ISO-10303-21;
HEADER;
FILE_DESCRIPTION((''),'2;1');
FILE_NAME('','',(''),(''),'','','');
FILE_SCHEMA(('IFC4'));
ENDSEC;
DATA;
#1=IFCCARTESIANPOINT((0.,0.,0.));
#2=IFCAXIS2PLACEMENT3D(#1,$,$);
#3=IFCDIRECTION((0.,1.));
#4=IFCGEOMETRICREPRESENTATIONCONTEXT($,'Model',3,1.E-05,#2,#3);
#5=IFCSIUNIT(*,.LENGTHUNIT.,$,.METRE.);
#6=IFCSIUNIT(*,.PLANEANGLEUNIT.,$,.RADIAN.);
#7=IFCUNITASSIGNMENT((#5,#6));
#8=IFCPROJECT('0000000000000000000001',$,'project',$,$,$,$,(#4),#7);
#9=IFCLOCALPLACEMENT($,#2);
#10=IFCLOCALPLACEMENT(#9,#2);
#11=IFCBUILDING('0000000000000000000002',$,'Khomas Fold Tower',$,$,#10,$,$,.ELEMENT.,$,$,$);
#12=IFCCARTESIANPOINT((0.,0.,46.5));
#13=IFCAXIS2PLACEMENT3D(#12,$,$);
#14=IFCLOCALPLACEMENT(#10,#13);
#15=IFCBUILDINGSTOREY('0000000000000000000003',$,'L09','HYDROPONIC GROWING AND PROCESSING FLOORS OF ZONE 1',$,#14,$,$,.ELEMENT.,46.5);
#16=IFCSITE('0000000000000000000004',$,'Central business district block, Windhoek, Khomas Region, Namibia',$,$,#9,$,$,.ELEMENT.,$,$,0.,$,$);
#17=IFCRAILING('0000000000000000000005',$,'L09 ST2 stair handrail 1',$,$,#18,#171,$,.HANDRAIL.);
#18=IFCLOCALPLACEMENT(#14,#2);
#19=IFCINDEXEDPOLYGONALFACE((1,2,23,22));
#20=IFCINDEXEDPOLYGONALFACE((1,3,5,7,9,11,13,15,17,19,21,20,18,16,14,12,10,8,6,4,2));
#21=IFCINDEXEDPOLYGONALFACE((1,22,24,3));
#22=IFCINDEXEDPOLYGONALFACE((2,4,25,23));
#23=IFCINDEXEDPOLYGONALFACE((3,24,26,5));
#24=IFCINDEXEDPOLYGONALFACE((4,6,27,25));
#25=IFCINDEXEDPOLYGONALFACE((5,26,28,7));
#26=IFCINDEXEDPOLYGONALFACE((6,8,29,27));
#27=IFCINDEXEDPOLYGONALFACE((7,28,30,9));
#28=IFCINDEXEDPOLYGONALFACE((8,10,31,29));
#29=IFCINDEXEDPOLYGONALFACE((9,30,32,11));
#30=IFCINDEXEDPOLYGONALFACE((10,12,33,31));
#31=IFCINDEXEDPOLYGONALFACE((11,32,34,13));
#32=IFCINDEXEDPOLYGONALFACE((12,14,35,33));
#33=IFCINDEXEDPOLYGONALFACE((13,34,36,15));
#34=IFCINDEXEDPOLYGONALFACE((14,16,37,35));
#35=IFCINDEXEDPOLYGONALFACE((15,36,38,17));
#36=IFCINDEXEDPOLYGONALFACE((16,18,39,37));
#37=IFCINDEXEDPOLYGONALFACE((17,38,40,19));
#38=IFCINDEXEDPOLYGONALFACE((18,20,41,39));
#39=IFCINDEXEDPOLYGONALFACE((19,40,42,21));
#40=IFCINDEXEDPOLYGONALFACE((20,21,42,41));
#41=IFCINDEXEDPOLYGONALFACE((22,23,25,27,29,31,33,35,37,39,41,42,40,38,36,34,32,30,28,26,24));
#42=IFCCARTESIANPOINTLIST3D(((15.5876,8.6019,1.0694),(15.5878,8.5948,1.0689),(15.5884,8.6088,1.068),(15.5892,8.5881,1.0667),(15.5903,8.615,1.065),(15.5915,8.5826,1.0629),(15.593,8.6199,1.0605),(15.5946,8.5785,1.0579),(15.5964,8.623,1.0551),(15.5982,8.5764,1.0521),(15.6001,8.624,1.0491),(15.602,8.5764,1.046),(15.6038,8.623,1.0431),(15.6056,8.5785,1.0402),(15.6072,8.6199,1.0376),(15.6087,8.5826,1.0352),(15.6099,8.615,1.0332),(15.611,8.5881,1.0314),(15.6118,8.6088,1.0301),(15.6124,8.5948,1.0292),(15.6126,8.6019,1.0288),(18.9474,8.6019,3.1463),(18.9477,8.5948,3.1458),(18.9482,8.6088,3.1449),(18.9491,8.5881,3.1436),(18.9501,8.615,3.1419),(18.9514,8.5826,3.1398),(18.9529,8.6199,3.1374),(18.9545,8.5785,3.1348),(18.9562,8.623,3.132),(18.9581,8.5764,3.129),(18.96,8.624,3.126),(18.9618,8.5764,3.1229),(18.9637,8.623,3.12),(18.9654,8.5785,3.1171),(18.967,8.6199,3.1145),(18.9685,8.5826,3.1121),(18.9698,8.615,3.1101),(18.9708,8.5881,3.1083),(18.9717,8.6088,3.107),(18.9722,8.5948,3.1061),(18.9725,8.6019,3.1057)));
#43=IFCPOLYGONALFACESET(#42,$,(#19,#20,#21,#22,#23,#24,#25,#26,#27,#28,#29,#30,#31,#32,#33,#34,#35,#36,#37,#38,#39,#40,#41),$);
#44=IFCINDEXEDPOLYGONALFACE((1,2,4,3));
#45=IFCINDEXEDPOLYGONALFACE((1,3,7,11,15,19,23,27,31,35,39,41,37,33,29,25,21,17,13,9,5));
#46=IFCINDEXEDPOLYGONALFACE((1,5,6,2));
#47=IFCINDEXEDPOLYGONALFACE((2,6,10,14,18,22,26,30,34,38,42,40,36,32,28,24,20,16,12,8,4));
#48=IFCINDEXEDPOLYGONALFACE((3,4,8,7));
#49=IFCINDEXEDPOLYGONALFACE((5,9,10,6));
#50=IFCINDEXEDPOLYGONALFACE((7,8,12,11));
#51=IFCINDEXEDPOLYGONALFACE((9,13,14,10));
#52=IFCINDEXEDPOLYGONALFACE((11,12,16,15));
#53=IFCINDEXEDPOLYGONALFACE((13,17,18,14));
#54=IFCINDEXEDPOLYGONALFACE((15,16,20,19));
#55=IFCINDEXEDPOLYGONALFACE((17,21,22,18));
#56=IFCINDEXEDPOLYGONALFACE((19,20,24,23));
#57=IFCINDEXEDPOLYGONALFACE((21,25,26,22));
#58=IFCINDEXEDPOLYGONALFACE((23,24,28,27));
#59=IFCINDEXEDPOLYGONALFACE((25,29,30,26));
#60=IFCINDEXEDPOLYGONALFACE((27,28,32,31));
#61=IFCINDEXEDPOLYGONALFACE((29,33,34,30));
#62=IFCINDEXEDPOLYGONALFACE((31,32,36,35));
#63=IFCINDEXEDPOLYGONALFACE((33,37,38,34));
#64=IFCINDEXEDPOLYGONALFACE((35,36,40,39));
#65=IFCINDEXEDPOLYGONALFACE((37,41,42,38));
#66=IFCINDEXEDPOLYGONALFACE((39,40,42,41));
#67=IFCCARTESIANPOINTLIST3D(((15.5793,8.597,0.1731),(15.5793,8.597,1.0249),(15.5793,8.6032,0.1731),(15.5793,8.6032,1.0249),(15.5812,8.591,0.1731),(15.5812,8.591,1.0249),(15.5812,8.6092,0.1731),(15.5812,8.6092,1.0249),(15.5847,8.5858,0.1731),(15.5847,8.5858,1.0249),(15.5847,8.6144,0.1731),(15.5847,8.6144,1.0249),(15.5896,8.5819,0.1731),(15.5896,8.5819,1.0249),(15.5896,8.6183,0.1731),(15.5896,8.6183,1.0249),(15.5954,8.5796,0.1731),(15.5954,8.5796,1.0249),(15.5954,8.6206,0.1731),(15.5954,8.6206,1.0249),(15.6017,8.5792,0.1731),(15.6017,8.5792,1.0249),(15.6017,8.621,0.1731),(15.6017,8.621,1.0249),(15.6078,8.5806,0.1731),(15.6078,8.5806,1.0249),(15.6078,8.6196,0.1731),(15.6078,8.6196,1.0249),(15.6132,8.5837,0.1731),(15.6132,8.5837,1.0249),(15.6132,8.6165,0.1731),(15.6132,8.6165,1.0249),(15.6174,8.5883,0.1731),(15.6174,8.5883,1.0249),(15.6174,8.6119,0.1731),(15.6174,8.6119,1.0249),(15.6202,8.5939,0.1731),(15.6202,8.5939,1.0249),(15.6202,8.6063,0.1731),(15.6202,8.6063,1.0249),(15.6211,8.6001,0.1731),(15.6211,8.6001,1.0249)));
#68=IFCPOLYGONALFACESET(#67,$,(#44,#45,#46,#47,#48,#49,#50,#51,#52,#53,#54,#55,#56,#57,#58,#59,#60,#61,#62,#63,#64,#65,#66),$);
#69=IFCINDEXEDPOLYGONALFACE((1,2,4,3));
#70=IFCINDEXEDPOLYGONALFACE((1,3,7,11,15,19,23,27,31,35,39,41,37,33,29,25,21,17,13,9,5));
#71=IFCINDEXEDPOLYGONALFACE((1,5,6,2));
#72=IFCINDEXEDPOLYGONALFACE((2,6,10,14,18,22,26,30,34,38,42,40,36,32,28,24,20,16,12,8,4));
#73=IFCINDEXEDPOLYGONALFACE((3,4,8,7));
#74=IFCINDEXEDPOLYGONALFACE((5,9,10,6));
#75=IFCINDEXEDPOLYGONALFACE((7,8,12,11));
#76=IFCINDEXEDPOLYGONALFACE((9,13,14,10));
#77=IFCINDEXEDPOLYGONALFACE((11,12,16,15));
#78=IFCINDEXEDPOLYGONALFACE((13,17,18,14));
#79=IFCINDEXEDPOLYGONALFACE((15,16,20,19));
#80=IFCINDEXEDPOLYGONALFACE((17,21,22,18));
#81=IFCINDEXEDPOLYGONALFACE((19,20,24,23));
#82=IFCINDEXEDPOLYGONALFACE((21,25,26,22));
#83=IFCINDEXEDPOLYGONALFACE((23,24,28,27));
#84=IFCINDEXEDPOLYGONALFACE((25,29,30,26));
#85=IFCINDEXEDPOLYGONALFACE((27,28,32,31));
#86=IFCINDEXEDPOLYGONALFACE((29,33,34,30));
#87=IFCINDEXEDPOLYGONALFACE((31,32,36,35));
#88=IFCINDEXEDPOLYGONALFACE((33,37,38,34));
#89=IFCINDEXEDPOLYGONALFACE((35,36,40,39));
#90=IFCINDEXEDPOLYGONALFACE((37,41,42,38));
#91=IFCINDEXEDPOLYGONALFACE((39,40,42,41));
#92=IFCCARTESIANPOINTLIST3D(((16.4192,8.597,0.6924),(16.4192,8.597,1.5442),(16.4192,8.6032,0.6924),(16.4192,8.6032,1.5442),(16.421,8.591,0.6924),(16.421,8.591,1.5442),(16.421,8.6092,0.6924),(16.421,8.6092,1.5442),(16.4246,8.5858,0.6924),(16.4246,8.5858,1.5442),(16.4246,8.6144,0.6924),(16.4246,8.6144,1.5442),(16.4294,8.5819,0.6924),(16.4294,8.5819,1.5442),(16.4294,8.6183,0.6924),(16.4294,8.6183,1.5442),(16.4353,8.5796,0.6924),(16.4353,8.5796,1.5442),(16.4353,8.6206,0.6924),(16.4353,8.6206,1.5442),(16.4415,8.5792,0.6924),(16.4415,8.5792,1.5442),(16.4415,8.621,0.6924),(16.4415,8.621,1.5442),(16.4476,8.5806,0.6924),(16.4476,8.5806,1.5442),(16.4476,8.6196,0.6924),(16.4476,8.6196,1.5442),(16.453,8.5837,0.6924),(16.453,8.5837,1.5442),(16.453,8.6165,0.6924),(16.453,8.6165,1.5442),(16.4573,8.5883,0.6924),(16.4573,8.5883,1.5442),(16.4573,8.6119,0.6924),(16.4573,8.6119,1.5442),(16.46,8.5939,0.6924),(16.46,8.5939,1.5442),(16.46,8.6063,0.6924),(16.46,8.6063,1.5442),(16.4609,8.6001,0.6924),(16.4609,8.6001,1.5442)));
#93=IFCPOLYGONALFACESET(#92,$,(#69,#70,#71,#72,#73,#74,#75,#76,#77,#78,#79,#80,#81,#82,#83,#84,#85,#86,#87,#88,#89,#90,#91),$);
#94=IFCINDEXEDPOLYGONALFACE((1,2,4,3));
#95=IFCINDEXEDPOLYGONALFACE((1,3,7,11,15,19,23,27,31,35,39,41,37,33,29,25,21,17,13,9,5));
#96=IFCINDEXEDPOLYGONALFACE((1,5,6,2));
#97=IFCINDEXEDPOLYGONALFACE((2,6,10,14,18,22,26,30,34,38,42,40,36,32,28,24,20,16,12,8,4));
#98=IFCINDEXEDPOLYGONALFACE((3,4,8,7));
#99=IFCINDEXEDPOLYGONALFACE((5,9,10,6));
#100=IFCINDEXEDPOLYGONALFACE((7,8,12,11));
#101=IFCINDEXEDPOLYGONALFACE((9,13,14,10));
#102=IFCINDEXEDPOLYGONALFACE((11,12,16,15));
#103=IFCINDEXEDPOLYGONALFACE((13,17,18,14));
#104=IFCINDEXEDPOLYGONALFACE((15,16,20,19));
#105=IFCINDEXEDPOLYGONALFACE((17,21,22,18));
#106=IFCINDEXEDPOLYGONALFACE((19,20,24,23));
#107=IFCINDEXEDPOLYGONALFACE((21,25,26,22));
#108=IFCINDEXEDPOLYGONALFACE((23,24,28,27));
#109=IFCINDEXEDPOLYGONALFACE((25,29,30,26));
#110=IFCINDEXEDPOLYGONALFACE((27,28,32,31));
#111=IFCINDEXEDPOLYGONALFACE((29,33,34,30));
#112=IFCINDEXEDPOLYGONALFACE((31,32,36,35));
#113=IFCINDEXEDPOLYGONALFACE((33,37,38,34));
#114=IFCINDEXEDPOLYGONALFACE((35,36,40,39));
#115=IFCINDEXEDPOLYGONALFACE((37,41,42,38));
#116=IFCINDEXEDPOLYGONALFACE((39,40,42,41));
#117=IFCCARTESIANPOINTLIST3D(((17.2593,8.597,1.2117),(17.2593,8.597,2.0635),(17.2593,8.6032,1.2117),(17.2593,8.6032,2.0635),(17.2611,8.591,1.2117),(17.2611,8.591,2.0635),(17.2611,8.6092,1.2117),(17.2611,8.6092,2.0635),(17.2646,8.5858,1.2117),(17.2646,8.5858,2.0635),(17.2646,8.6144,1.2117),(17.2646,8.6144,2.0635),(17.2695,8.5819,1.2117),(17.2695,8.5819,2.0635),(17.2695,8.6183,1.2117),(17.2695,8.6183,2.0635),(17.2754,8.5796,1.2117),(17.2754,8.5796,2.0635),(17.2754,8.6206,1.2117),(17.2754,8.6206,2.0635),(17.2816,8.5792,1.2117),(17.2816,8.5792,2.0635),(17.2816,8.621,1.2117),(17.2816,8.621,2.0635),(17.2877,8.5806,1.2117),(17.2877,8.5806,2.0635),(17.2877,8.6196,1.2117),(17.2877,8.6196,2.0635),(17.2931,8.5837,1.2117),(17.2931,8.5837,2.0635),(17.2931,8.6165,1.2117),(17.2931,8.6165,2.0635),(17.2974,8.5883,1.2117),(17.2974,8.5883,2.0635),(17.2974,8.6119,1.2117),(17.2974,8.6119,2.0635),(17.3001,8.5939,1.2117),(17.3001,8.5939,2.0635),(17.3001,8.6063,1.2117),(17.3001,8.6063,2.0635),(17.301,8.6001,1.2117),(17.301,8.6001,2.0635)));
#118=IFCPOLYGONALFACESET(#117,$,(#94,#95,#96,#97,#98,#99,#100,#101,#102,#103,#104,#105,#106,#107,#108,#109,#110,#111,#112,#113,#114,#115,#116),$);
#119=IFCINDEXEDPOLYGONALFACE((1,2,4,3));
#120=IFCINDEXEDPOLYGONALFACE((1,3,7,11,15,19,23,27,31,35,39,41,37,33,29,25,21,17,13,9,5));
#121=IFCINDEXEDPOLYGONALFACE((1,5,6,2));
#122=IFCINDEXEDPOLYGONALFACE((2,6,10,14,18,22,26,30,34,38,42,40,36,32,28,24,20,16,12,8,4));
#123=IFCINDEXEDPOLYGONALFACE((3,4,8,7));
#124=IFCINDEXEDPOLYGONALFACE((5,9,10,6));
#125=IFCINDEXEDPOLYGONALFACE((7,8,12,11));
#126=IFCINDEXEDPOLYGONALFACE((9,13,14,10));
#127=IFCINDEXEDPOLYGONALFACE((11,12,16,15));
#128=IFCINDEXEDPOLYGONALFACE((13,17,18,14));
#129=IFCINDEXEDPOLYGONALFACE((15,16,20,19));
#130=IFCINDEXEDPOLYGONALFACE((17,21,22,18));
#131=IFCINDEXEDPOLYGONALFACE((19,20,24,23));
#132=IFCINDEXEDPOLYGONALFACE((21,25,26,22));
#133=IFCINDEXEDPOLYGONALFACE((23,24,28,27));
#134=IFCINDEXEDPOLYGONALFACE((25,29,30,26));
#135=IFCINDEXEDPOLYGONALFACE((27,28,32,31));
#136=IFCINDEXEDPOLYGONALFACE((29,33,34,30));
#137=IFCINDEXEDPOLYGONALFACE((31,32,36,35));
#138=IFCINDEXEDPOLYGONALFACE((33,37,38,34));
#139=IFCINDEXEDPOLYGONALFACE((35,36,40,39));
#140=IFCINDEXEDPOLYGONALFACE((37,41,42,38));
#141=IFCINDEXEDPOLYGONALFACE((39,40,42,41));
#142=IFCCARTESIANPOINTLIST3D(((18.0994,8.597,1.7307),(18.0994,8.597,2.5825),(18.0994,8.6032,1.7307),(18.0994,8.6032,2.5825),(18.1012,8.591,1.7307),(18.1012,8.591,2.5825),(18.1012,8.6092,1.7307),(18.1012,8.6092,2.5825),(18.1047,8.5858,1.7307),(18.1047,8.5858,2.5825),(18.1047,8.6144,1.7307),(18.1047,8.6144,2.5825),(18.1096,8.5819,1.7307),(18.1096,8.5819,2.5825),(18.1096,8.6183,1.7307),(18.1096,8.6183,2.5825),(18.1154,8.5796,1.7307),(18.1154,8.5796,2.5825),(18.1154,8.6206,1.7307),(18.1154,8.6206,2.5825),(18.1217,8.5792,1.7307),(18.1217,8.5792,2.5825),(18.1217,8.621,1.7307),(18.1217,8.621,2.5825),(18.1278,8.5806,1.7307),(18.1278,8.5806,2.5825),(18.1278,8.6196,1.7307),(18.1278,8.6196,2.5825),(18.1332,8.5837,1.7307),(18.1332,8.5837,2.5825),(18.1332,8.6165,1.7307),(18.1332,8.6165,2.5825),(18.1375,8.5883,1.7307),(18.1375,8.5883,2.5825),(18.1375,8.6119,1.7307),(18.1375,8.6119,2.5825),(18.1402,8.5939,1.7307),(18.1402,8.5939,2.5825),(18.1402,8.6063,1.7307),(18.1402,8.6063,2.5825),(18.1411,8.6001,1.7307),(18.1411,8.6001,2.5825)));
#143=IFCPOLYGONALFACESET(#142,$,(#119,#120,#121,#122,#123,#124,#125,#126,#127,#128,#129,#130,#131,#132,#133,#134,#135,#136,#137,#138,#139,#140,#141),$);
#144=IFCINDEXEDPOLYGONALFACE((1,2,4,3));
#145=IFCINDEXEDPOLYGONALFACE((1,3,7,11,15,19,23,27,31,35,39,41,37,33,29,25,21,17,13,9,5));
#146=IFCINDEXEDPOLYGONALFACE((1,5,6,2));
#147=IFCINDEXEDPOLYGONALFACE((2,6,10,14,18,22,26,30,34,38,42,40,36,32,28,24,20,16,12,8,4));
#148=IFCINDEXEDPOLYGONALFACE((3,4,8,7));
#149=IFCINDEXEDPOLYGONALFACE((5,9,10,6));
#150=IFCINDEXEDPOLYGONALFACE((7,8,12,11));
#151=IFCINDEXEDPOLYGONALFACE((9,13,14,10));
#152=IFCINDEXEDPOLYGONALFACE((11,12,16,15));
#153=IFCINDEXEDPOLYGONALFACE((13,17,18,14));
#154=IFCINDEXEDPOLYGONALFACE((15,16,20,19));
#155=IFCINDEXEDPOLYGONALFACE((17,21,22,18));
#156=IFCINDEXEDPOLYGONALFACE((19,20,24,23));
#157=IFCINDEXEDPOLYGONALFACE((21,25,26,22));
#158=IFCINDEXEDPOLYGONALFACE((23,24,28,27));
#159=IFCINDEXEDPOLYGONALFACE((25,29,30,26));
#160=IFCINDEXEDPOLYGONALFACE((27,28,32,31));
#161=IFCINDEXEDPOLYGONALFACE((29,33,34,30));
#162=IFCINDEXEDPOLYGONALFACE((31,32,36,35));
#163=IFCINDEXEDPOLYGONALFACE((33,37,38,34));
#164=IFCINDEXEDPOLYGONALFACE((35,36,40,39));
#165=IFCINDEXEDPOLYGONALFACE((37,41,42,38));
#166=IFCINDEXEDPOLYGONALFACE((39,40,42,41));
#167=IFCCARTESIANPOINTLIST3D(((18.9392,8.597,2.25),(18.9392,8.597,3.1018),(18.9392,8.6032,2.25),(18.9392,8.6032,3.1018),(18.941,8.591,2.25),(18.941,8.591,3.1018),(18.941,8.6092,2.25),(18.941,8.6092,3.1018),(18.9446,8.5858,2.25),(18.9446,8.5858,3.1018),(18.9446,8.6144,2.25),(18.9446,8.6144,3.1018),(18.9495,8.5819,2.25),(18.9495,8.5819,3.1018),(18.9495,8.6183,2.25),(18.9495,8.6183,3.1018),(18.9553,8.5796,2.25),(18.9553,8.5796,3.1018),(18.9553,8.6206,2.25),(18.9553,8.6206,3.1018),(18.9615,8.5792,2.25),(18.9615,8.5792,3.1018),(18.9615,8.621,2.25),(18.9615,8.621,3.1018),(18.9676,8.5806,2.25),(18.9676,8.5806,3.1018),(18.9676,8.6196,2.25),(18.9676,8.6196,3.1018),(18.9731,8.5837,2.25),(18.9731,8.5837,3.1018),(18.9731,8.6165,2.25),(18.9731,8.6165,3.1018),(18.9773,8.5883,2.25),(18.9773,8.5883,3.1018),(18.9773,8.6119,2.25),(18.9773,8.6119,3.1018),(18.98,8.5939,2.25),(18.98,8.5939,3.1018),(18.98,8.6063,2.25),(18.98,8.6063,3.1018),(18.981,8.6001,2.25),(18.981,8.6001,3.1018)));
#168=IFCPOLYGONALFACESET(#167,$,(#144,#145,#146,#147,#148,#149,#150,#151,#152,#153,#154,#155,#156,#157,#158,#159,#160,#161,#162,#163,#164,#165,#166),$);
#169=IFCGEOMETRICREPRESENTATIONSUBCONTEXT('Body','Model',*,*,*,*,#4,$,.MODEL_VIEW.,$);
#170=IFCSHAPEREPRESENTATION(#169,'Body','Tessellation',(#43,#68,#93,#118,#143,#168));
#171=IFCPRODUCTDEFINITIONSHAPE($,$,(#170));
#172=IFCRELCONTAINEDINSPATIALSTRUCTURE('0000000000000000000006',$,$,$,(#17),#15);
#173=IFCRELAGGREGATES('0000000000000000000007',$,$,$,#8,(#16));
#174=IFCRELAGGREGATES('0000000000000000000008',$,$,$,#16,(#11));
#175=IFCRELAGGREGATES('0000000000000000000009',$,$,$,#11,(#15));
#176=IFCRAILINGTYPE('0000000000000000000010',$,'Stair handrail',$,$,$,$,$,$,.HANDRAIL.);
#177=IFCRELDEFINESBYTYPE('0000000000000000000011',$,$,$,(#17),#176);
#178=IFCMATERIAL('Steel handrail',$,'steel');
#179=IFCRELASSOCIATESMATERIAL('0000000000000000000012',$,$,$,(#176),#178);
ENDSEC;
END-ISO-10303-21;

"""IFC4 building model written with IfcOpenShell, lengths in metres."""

from ifc_helpers import new_model, si_unit, direction, frame, origin, origin_2d, place, context, subcontext, project, spatial, circle, extrude, source, transform, mapped, material, type_object, element, save


model = new_model("IFC4")

# Units and contexts
model_context = context("Model", 3, precision=1e-05, world=origin(), true_north=direction((0.0, 1.0)))
body_context = subcontext(model_context, "Body", "Model", "MODEL_VIEW")
ifc_project = project(units=[si_unit("LENGTHUNIT", "METRE"), si_unit("PLANEANGLEUNIT", "RADIAN")], contexts=[model_context])

# Site, building, storey
site_placement = place(None, origin())
site = spatial("IfcSite", under=ifc_project, at=site_placement, Name="Central business district block, Windhoek, Khomas Region, Namibia", CompositionType="ELEMENT", RefElevation=0.0)
building_placement = place(site_placement, origin())
building = spatial("IfcBuilding", under=site, at=building_placement, Name="Khomas Fold Tower", CompositionType="ELEMENT")
storey_placement = place(building_placement, frame((0.0, 0.0, 46.5)))
storey = spatial("IfcBuildingStorey", under=building, at=storey_placement, Name="L09", Description="HYDROPONIC GROWING AND PROCESSING FLOORS OF ZONE 1", CompositionType="ELEMENT", Elevation=46.5)

# Railing
ifc_material_1 = material(Name="Steel handrail", Category="steel")
railing_type_1 = type_object("IfcRailingType", Name="Stair handrail", PredefinedType="HANDRAIL", material=ifc_material_1)
shared_shape_1 = source(origin(), body_context, "Body", "SweptSolid", [
    extrude(circle(Radius=0.0239, at=origin_2d()), frame((0.0, 0.0, 0.876), z_axis=(0.850606, 0.0, 0.525803), x_axis=(0.0, 1.0, 0.0)), (0.0, 0.0, 1.0), 3.95),
    extrude(circle(Radius=0.021, at=origin_2d()), origin(), (0.0, 0.0, 1.0), 0.8518),
    extrude(circle(Radius=0.021, at=origin_2d()), frame((0.8398, 0.0, 0.5193)), (0.0, 0.0, 1.0), 0.8518),
    extrude(circle(Radius=0.021, at=origin_2d()), frame((1.6799, 0.0, 1.0386)), (0.0, 0.0, 1.0), 0.8518),
    extrude(circle(Radius=0.021, at=origin_2d()), frame((2.52, 0.0, 1.5576)), (0.0, 0.0, 1.0), 0.8518),
    extrude(circle(Radius=0.021, at=origin_2d()), frame((3.3599, 0.0, 2.0769)), (0.0, 0.0, 1.0), 0.8518),
])
railing_1_placement = place(storey_placement, frame((15.6001, 8.6001, 0.1731)))
element("IfcRailing", 1, at=railing_1_placement, inside=storey, type_object=railing_type_1, Name="L09 ST2 stair handrail 1", PredefinedType="HANDRAIL", context=body_context, shape_type="MappedRepresentation", body=[
    mapped(shared_shape_1, transform((0.0, 0.0, 0.0))),
])

save(model, "model.ifc")
